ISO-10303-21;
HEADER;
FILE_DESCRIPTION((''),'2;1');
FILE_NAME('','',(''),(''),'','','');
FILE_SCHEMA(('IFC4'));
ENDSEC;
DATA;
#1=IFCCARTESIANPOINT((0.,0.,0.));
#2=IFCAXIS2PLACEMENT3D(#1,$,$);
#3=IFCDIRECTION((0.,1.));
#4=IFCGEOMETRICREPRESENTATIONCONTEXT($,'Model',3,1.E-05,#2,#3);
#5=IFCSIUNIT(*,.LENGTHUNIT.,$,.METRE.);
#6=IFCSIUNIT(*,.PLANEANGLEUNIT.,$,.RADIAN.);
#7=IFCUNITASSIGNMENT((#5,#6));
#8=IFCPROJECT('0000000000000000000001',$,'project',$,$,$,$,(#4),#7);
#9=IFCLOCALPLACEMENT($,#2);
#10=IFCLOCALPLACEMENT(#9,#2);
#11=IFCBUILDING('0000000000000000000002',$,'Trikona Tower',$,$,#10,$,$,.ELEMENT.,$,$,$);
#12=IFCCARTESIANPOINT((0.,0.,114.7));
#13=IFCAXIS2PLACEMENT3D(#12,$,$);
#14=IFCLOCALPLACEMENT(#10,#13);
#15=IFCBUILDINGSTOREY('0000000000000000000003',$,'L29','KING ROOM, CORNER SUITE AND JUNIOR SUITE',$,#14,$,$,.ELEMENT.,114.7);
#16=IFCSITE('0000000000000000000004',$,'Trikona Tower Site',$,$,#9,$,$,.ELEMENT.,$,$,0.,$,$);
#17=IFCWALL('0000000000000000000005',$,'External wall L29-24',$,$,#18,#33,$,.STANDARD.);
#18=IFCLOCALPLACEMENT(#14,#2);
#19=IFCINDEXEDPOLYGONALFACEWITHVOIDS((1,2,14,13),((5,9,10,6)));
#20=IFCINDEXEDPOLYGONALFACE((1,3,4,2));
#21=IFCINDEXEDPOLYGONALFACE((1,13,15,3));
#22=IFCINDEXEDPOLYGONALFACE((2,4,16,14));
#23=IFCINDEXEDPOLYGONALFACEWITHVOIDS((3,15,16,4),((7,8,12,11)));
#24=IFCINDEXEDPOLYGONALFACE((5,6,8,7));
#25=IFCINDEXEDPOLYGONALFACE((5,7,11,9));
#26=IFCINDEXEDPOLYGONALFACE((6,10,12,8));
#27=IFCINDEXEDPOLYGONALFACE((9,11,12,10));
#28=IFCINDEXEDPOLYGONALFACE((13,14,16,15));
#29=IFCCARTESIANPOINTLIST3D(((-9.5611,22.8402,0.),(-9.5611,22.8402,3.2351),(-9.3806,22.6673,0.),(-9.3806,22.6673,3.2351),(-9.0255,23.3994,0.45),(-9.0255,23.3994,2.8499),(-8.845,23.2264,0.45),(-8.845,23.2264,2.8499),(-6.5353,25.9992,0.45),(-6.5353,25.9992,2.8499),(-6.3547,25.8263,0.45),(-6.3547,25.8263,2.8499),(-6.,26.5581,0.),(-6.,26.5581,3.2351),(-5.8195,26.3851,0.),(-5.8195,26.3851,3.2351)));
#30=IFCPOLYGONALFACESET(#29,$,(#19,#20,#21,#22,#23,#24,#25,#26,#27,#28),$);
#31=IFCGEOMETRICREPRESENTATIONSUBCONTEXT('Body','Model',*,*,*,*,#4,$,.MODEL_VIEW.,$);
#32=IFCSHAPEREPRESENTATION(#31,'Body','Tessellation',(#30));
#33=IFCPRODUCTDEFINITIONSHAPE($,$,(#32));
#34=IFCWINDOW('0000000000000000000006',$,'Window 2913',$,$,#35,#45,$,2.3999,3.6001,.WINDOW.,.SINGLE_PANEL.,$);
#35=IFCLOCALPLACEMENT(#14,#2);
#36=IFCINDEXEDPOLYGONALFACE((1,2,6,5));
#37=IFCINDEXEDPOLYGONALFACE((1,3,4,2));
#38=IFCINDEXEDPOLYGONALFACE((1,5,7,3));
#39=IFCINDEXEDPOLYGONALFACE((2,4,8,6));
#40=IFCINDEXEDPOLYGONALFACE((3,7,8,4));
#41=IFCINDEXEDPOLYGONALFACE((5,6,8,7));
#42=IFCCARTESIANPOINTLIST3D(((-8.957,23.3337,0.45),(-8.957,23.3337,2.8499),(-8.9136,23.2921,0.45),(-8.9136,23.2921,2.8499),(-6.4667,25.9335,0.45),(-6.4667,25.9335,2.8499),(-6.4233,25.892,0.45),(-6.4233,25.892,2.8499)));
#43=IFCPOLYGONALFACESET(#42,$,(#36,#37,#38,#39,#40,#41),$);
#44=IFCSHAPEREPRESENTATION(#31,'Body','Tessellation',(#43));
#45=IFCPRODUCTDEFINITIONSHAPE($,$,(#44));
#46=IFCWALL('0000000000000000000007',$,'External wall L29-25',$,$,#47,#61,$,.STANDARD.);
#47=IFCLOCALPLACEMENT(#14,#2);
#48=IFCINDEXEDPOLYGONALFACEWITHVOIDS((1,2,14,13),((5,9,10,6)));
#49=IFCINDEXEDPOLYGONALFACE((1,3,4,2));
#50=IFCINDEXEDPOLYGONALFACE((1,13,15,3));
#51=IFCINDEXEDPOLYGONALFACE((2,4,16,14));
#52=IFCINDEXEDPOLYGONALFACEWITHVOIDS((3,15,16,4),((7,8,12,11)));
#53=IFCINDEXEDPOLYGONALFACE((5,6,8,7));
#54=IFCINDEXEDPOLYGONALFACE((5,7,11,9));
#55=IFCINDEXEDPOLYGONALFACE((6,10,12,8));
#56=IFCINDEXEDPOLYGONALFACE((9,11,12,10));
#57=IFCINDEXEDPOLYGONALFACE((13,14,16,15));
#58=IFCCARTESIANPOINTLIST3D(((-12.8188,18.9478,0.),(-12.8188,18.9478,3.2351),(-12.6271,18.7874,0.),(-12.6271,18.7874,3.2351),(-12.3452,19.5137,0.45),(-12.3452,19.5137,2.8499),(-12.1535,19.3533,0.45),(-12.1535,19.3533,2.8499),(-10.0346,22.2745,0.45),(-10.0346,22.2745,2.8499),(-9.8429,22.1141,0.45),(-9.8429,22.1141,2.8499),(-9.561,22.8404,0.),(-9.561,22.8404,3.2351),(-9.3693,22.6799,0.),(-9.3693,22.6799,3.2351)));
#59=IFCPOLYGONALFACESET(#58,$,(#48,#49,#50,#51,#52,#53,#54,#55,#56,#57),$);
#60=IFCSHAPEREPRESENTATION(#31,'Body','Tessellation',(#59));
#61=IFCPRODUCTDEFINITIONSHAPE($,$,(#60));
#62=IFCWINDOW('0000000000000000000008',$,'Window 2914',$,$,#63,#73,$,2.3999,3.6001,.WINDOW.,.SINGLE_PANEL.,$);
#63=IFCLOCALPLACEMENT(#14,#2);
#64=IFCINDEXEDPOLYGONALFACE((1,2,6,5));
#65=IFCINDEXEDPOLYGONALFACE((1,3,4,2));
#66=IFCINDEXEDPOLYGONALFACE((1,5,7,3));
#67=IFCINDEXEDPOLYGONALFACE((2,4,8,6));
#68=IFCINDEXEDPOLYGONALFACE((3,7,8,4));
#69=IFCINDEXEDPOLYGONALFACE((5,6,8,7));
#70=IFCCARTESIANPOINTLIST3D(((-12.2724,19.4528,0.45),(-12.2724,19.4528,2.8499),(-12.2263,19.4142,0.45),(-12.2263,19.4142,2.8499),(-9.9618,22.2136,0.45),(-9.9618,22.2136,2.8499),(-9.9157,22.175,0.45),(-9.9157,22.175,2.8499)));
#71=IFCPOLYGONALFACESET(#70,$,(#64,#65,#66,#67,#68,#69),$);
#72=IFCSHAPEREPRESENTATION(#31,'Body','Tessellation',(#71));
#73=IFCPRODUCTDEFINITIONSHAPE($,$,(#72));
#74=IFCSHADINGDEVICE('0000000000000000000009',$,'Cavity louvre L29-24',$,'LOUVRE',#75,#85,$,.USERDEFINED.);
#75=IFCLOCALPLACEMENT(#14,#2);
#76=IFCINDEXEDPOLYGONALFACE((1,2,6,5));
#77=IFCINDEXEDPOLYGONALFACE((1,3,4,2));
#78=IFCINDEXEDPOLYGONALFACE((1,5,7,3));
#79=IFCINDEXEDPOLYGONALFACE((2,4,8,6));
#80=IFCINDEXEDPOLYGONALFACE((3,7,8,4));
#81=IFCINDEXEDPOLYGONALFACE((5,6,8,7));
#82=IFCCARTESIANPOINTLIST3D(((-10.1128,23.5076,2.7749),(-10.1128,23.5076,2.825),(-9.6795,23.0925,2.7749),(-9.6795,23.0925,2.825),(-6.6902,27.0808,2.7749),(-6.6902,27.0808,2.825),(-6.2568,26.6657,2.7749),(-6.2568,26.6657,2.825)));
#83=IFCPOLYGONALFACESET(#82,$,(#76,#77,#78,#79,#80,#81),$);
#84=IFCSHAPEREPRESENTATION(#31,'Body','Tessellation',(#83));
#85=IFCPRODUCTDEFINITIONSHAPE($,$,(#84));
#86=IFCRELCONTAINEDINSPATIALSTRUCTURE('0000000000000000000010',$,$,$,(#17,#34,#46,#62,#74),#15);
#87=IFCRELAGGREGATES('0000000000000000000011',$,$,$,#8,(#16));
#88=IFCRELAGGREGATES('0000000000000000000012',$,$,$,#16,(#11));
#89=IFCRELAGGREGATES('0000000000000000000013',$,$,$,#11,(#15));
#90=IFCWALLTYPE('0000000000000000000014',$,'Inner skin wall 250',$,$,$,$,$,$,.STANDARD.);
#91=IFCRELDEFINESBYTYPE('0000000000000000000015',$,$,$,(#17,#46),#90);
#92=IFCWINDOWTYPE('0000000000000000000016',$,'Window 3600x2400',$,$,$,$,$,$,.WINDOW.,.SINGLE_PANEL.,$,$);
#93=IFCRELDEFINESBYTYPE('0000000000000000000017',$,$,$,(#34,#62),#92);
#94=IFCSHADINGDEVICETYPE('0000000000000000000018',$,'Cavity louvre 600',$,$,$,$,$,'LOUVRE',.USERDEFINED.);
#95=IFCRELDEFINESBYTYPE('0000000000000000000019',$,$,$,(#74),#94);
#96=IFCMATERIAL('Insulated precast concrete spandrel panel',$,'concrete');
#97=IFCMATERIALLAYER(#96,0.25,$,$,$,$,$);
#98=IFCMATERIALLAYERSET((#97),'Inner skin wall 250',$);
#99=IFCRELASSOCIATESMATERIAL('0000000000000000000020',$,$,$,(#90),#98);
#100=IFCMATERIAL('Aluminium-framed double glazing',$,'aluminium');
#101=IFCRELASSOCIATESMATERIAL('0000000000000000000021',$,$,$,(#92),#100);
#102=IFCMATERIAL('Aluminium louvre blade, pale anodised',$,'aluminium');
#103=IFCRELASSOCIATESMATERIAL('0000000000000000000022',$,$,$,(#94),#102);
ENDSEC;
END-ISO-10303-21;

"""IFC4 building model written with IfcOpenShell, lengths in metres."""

from ifc_helpers import new_model, si_unit, direction, frame, frame_2d, origin, origin_2d, place, context, subcontext, project, spatial, rectangle, extrude, material, layer, layer_set, type_object, element, fill, save


model = new_model("IFC4")

# Units and contexts
model_context = context("Model", 3, precision=1e-05, world=origin(), true_north=direction((0.0, 1.0)))
body_context = subcontext(model_context, "Body", "Model", "MODEL_VIEW")
ifc_project = project(units=[si_unit("LENGTHUNIT", "METRE"), si_unit("PLANEANGLEUNIT", "RADIAN")], contexts=[model_context])

# Site, building, storey
site_placement = place(None, origin())
site = spatial("IfcSite", under=ifc_project, at=site_placement, Name="Trikona Tower Site", CompositionType="ELEMENT", RefElevation=0.0)
building_placement = place(site_placement, origin())
building = spatial("IfcBuilding", under=site, at=building_placement, Name="Trikona Tower", CompositionType="ELEMENT")
storey_placement = place(building_placement, frame((0.0, 0.0, 114.7)))
storey = spatial("IfcBuildingStorey", under=building, at=storey_placement, Name="L29", Description="KING ROOM, CORNER SUITE AND JUNIOR SUITE", CompositionType="ELEMENT", Elevation=114.7)

# Walls, openings, windows
ifc_material_1 = material(Name="Insulated precast concrete spandrel panel", Category="concrete")
ifc_layer_1 = layer(ifc_material_1, 0.25)
ifc_layer_set_1 = layer_set([ifc_layer_1], Name="Inner skin wall 250")
wall_type_1 = type_object("IfcWallType", Name="Inner skin wall 250", PredefinedType="STANDARD", material=ifc_layer_set_1)
wall_1_placement = place(storey_placement, frame((-5.9097, 26.4717, 0.0), z_axis=(0.0, 0.0, 1.0), x_axis=(-0.69172, -0.722166, 0.0)))
wall_1 = element("IfcWall", 1, at=wall_1_placement, inside=storey, type_object=wall_type_1, Name="External wall L29-24", PredefinedType="STANDARD", context=body_context, shape_type="SweptSolid", body=[
    extrude(rectangle(XDim=5.1482, YDim=0.25, at=frame_2d((2.5742, 0.0))), origin(), (0.0, 0.0, 1.0), 3.2351),
])
opening_1_placement = place(wall_1_placement, frame((0.7739, 0.0, 0.45)))
opening_1 = element("IfcOpeningElement", 2, at=opening_1_placement, cuts=wall_1, PredefinedType="OPENING", context=body_context, shape_type="SweptSolid", body=[
    extrude(rectangle(XDim=3.6001, YDim=2.3999, at=frame_2d((1.8, 1.2))), frame((0.0, 0.135, 0.0), z_axis=(0.0, -1.0, 0.0), x_axis=(1.0, 0.0, 0.0)), (0.0, 0.0, 1.0), 0.27),
])
ifc_material_2 = material(Name="Aluminium-framed double glazing", Category="aluminium")
window_type_1 = type_object("IfcWindowType", Name="Window 3600x2400", PartitioningType="SINGLE_PANEL", PredefinedType="WINDOW", material=ifc_material_2)
window_1_placement = place(opening_1_placement, origin())
window_1 = element("IfcWindow", 3, at=window_1_placement, inside=storey, type_object=window_type_1, Name="Window 2913", OverallHeight=2.3999, OverallWidth=3.6001, PartitioningType="SINGLE_PANEL", PredefinedType="WINDOW", context=body_context, shape_type="SweptSolid", body=[
    extrude(rectangle(XDim=3.6001, YDim=2.3999, at=frame_2d((1.8, 1.2))), frame((0.0, 0.03, 0.0), z_axis=(0.0, -1.0, 0.0), x_axis=(1.0, 0.0, 0.0)), (0.0, 0.0, 1.0), 0.0601),
])
fill(opening_1, window_1)
wall_2_placement = place(storey_placement, frame((-9.4651, 22.7603, 0.0), z_axis=(0.0, 0.0, 1.0), x_axis=(-0.64181, -0.766863, 0.0)))
wall_2 = element("IfcWall", 4, at=wall_2_placement, inside=storey, type_object=wall_type_1, Name="External wall L29-25", PredefinedType="STANDARD", context=body_context, shape_type="SweptSolid", body=[
    extrude(rectangle(XDim=5.0759, YDim=0.25, at=frame_2d((2.5381, 0.0))), origin(), (0.0, 0.0, 1.0), 3.2351),
])
opening_2_placement = place(wall_2_placement, frame((0.738, 0.0, 0.45)))
opening_2 = element("IfcOpeningElement", 5, at=opening_2_placement, cuts=wall_2, PredefinedType="OPENING", context=body_context, shape_type="SweptSolid", body=[
    extrude(rectangle(XDim=3.6001, YDim=2.3999, at=frame_2d((1.8, 1.2))), frame((0.0, 0.135, 0.0), z_axis=(0.0, -1.0, 0.0), x_axis=(1.0, 0.0, 0.0)), (0.0, 0.0, 1.0), 0.27),
])
window_2_placement = place(opening_2_placement, origin())
window_2 = element("IfcWindow", 6, at=window_2_placement, inside=storey, type_object=window_type_1, Name="Window 2914", OverallHeight=2.3999, OverallWidth=3.6001, PartitioningType="SINGLE_PANEL", PredefinedType="WINDOW", context=body_context, shape_type="SweptSolid", body=[
    extrude(rectangle(XDim=3.6001, YDim=2.3999, at=frame_2d((1.8, 1.2))), frame((0.0, 0.03, 0.0), z_axis=(0.0, -1.0, 0.0), x_axis=(1.0, 0.0, 0.0)), (0.0, 0.0, 1.0), 0.0601),
])
fill(opening_2, window_2)

# Shading device
ifc_material_3 = material(Name="Aluminium louvre blade, pale anodised", Category="aluminium")
shading_device_type = type_object("IfcShadingDeviceType", Name="Cavity louvre 600", ElementType="LOUVRE", PredefinedType="USERDEFINED", material=ifc_material_3)
shading_device_placement = place(storey_placement, frame((-8.1848, 25.0867, 2.7749), z_axis=(0.0, 0.0, 1.0), x_axis=(-0.691724, -0.722162, 0.0)))
element("IfcShadingDevice", 7, at=shading_device_placement, inside=storey, type_object=shading_device_type, Name="Cavity louvre L29-24", ObjectType="LOUVRE", PredefinedType="USERDEFINED", context=body_context, shape_type="SweptSolid", body=[
    extrude(rectangle(XDim=4.948, YDim=0.6001, at=origin_2d()), origin(), (0.0, 0.0, 1.0), 0.05),
])

save(model, "model.ifc")
